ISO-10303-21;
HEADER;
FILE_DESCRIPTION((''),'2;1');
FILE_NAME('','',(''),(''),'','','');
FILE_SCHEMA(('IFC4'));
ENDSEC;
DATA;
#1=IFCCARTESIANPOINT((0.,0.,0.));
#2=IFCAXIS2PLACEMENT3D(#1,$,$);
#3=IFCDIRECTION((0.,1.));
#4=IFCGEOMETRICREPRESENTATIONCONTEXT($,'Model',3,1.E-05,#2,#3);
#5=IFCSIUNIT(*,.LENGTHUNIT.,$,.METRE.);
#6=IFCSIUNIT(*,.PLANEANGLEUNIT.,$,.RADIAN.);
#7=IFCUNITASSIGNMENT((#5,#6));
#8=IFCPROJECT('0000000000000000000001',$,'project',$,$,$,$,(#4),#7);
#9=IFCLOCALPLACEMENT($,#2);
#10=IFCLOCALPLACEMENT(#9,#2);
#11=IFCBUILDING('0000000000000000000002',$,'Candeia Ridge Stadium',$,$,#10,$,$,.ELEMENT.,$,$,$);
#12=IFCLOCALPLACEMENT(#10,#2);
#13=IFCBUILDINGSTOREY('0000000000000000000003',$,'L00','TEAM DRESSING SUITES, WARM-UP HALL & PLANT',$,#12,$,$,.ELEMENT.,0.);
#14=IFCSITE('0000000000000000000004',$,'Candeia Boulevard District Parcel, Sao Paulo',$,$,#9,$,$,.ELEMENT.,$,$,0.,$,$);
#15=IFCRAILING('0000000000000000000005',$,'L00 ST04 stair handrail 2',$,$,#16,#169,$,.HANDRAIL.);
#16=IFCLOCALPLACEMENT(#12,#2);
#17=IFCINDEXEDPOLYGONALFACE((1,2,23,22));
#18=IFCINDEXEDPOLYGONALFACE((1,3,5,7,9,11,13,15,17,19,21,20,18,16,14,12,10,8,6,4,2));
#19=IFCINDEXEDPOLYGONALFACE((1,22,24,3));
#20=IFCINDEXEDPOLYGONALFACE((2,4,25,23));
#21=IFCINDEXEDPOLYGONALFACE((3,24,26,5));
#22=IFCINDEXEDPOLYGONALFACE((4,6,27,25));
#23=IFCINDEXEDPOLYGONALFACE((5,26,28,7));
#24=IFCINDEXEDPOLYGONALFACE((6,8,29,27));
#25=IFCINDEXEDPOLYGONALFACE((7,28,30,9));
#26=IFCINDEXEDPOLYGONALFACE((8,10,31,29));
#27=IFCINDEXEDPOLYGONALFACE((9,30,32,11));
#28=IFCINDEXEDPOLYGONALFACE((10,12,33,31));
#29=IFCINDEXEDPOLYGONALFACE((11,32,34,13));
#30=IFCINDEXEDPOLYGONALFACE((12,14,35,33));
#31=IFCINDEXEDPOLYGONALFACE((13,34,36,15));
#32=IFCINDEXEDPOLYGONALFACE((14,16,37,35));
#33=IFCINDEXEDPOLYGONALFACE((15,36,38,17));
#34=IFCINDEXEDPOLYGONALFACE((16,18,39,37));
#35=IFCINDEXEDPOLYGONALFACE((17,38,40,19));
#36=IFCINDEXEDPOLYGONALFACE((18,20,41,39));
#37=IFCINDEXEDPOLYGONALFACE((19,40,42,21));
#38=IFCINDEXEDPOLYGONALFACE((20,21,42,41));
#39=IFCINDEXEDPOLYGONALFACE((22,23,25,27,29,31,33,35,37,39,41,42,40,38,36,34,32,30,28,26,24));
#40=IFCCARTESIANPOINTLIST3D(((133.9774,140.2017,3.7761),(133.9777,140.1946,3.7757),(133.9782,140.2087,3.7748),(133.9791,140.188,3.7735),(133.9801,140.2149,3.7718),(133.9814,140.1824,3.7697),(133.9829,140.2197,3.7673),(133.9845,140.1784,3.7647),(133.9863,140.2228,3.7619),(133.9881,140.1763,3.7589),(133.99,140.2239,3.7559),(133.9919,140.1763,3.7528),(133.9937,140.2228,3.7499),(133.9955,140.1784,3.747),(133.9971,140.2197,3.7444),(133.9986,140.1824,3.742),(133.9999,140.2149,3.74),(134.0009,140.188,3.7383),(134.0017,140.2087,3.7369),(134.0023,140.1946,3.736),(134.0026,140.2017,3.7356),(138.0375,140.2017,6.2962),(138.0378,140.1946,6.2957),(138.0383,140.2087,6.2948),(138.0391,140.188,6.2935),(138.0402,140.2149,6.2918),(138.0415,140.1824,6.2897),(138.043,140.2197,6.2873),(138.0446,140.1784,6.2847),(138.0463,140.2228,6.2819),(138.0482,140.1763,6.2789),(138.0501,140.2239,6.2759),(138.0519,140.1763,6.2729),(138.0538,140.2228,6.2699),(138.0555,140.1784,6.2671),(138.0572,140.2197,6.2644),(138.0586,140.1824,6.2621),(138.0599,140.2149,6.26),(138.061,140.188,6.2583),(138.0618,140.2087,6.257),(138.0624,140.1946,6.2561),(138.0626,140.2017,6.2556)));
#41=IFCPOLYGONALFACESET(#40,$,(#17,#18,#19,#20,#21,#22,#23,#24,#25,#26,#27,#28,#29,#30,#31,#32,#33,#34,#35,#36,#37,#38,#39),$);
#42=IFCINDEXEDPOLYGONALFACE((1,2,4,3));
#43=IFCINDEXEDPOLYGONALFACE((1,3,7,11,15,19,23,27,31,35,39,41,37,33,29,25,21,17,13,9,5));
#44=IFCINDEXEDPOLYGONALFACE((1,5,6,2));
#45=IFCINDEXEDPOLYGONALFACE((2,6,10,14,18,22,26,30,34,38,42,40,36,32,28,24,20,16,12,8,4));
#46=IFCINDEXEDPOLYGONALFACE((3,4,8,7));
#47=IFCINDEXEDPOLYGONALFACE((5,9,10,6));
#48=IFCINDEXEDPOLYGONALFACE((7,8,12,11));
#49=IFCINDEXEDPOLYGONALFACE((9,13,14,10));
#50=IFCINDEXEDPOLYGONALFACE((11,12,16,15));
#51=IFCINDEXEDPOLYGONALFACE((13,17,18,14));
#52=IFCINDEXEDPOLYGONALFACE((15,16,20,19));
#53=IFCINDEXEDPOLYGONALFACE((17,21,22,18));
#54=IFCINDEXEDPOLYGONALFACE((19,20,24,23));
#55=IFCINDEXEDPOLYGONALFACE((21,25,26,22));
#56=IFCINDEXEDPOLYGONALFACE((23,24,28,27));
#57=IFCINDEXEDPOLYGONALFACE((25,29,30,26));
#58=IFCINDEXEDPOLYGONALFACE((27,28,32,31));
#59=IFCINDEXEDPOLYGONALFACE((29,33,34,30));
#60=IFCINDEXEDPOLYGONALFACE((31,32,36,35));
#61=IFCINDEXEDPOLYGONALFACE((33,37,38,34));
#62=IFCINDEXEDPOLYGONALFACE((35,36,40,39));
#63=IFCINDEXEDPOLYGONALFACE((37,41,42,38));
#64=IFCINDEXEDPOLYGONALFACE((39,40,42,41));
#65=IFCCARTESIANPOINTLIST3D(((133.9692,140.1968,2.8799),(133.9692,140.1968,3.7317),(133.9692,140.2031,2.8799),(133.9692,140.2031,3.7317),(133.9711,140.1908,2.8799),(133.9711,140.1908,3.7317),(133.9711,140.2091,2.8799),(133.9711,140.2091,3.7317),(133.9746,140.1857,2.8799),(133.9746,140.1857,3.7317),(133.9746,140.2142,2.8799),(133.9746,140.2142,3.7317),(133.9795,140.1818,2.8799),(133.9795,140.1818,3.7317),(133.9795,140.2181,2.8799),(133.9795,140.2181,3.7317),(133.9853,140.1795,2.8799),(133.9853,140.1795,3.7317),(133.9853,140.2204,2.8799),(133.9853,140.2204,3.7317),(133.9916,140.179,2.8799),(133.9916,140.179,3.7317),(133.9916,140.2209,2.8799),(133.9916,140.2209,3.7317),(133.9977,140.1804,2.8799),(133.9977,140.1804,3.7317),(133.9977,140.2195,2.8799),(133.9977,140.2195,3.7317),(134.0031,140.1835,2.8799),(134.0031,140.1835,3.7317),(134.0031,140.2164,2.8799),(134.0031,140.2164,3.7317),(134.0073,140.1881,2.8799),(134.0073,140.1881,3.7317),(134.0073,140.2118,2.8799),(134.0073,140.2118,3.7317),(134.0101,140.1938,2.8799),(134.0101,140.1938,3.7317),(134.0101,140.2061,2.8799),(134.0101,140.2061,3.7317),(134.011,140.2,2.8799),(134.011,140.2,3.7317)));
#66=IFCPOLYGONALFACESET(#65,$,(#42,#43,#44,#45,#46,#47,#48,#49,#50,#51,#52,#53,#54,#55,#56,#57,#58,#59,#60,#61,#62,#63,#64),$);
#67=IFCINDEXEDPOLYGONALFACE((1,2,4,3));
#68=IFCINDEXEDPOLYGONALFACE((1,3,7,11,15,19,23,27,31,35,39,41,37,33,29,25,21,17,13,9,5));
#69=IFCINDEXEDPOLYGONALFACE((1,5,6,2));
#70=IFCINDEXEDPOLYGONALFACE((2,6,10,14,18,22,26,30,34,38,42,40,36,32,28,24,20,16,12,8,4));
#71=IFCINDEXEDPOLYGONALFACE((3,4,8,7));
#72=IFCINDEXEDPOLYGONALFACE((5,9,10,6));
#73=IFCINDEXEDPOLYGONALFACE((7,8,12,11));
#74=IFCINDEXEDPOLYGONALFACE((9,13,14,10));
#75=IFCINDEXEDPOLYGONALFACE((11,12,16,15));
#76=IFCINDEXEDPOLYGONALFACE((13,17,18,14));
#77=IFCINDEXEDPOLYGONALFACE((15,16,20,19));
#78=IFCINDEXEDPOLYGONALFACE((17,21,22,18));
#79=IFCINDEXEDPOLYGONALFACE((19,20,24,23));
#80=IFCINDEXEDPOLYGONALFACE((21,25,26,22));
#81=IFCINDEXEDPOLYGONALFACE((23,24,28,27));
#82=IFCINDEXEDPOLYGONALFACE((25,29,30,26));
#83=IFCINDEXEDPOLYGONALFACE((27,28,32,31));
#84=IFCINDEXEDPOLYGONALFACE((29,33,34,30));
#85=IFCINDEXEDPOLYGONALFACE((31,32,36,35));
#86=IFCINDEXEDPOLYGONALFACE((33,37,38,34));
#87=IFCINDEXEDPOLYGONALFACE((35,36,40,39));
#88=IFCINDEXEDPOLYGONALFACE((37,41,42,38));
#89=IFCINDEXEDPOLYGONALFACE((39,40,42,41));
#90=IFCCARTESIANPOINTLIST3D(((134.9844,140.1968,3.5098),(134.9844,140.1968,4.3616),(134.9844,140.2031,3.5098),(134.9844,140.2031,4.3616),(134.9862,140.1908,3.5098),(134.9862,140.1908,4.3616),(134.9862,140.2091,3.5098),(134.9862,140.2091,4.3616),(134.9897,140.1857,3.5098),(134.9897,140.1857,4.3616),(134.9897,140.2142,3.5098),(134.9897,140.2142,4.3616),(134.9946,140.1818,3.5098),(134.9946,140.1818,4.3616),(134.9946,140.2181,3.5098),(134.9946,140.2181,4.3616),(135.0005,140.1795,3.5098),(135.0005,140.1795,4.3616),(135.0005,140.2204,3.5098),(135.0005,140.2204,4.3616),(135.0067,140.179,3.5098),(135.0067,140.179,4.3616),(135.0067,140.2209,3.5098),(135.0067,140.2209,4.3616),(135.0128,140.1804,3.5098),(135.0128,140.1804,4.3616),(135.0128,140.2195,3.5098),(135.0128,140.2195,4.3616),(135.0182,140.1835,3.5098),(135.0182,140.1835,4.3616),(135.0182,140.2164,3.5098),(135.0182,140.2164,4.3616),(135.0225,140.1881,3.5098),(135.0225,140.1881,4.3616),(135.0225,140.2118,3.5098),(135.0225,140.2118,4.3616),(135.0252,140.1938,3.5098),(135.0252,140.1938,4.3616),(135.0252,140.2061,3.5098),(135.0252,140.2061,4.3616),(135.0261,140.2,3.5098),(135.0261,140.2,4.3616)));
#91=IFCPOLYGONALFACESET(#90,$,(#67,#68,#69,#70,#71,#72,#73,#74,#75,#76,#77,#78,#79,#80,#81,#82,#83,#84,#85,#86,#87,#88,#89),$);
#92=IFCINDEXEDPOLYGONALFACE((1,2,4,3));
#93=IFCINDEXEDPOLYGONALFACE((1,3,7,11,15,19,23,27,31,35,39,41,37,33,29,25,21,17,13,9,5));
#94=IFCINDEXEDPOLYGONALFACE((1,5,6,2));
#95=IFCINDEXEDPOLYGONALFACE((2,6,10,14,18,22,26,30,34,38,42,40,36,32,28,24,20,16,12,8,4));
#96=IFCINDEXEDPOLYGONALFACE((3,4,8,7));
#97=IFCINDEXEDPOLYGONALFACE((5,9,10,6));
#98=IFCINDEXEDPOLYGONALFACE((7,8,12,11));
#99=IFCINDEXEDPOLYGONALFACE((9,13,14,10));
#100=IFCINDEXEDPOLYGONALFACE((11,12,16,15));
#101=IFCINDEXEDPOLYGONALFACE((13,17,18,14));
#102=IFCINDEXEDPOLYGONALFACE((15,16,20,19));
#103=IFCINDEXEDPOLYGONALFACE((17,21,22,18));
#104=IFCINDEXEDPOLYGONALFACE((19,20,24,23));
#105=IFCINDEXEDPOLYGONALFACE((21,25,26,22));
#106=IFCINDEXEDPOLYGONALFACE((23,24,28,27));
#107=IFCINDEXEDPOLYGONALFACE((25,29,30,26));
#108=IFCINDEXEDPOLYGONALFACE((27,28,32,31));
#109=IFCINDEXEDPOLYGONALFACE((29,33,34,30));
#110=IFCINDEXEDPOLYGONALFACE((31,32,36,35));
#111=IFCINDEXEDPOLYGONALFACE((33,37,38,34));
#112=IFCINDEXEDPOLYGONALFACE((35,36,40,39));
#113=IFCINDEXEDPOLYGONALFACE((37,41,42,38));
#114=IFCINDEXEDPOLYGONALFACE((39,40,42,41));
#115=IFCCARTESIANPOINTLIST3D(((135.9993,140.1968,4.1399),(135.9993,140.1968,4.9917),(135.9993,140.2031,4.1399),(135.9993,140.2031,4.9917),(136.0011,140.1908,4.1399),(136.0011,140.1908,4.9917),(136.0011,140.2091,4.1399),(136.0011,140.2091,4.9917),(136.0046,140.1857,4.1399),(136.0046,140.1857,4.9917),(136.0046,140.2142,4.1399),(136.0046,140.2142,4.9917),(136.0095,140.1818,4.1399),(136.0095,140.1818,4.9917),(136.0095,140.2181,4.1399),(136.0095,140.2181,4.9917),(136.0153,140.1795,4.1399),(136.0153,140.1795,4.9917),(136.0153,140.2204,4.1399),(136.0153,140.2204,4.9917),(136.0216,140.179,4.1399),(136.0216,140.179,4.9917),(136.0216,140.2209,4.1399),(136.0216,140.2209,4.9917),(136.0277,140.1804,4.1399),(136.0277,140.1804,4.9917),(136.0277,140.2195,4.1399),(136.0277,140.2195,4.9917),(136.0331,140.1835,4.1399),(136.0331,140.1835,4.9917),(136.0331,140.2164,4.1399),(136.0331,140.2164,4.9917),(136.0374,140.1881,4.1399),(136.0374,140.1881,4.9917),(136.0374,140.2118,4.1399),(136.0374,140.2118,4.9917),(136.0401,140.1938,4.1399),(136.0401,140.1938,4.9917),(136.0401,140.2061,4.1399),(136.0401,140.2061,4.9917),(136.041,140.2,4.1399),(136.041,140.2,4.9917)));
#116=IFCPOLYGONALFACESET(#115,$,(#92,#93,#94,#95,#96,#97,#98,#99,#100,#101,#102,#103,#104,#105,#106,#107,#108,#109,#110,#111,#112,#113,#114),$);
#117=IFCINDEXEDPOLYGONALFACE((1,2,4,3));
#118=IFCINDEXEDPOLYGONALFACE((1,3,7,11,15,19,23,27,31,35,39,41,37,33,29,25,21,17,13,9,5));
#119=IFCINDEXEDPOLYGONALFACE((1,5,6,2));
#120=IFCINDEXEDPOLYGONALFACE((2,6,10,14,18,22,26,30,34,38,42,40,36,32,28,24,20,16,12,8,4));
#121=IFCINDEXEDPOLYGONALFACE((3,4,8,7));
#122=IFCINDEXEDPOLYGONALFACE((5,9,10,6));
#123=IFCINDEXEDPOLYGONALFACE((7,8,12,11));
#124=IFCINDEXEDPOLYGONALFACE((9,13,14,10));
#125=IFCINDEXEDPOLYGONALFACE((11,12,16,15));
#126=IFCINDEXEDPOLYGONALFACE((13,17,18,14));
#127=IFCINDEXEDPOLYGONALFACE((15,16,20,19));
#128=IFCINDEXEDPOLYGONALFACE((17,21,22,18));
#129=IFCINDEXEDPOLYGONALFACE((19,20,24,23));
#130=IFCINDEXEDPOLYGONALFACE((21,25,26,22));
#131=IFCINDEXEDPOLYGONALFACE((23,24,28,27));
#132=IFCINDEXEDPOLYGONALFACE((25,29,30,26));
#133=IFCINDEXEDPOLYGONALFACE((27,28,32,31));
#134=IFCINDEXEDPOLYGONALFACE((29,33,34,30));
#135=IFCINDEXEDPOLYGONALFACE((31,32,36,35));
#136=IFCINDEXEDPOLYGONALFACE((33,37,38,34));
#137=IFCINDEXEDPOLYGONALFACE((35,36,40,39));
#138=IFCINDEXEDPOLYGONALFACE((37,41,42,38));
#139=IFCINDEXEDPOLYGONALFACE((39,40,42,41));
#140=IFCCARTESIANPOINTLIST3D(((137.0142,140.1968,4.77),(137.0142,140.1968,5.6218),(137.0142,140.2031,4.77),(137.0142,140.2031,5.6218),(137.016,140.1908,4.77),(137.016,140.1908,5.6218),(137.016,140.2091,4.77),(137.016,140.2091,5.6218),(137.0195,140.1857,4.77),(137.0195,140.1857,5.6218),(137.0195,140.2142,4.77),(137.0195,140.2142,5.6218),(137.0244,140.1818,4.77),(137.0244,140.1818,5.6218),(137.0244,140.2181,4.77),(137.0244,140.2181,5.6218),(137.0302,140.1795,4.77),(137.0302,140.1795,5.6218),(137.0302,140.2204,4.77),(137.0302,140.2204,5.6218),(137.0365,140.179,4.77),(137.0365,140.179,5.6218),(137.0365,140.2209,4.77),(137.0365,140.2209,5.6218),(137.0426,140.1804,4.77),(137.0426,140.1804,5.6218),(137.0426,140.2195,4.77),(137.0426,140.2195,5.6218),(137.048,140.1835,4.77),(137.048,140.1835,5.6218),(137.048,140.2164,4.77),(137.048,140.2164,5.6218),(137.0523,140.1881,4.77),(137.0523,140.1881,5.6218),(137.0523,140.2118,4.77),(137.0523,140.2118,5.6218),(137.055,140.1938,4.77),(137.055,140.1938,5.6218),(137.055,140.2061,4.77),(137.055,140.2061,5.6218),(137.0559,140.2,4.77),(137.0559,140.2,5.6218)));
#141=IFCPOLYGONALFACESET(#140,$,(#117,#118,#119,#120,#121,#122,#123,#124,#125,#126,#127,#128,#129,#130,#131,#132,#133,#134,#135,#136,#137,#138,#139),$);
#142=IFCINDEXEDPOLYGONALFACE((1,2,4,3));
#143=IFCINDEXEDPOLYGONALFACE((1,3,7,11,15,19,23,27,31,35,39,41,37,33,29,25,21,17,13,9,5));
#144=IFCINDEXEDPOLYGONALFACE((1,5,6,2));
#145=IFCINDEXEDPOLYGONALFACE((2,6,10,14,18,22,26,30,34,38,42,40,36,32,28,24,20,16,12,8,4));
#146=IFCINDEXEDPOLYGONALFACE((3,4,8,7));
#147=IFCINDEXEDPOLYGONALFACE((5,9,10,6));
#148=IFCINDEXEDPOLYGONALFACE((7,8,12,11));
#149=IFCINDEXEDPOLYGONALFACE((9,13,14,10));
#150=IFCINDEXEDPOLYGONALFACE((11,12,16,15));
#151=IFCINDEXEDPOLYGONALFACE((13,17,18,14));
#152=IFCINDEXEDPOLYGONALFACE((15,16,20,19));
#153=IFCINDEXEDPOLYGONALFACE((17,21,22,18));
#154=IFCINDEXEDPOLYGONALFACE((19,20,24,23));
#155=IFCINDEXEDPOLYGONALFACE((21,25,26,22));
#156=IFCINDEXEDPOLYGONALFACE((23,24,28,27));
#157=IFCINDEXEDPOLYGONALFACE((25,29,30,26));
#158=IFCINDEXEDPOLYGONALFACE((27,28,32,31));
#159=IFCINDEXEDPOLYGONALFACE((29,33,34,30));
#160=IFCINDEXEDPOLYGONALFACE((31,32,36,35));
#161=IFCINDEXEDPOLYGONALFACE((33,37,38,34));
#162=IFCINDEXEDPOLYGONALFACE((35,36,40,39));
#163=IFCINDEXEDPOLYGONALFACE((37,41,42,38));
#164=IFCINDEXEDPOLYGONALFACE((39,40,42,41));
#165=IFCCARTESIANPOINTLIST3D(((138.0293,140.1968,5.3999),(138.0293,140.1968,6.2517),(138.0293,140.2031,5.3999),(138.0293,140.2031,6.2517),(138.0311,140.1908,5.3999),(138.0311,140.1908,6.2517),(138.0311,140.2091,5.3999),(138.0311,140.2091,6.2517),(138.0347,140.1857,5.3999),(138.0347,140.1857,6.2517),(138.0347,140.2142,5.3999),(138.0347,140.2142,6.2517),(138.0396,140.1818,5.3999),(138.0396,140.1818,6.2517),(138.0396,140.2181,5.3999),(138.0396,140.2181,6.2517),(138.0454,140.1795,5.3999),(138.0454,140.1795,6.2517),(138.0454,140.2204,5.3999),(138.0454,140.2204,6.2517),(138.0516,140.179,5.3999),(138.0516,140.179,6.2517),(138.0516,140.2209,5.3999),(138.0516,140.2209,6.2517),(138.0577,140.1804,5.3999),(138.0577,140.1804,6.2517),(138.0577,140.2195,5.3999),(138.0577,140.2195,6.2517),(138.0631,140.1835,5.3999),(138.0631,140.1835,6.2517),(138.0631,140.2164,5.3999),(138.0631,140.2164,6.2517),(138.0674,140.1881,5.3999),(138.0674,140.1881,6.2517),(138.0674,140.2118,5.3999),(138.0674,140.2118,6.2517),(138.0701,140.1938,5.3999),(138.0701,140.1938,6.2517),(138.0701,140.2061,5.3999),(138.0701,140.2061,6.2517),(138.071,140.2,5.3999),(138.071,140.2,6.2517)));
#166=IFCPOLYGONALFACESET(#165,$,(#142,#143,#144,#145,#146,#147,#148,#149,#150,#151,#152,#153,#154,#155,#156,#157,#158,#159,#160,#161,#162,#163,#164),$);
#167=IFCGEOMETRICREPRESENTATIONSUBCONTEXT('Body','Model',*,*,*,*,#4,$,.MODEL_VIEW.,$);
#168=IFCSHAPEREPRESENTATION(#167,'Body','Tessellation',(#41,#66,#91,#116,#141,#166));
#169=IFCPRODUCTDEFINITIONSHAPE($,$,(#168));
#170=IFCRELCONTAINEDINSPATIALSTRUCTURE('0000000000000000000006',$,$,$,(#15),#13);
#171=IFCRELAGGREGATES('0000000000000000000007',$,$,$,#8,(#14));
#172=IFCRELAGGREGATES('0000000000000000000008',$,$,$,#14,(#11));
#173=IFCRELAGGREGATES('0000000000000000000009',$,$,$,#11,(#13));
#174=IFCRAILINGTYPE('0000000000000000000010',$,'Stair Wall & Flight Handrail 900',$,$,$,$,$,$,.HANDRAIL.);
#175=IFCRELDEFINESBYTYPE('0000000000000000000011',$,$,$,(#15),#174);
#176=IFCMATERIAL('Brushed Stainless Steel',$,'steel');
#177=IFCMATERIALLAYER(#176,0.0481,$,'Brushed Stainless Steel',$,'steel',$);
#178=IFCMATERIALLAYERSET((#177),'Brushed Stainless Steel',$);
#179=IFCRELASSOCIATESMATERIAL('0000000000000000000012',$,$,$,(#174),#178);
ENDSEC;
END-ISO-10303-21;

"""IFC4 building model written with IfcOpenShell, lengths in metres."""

from ifc_helpers import new_model, si_unit, direction, frame, origin, origin_2d, place, context, subcontext, project, spatial, circle, extrude, material, layer, layer_set, type_object, element, save


model = new_model("IFC4")

# Units and contexts
model_context = context("Model", 3, precision=1e-05, world=origin(), true_north=direction((0.0, 1.0)))
body_context = subcontext(model_context, "Body", "Model", "MODEL_VIEW")
ifc_project = project(units=[si_unit("LENGTHUNIT", "METRE"), si_unit("PLANEANGLEUNIT", "RADIAN")], contexts=[model_context])

# Site, building, storey
site_placement = place(None, origin())
site = spatial("IfcSite", under=ifc_project, at=site_placement, Name="Candeia Boulevard District Parcel, Sao Paulo", CompositionType="ELEMENT", RefElevation=0.0)
building_placement = place(site_placement, origin())
building = spatial("IfcBuilding", under=site, at=building_placement, Name="Candeia Ridge Stadium", CompositionType="ELEMENT")
storey_placement = place(building_placement, origin())
storey = spatial("IfcBuildingStorey", under=building, at=storey_placement, Name="L00", Description="TEAM DRESSING SUITES, WARM-UP HALL & PLANT", CompositionType="ELEMENT", Elevation=0.0)

# Railing
ifc_material_1 = material(Name="Brushed Stainless Steel", Category="steel")
ifc_layer_1 = layer(ifc_material_1, 0.0481, Name="Brushed Stainless Steel", Category="steel")
ifc_layer_set_1 = layer_set([ifc_layer_1], Name="Brushed Stainless Steel")
railing_type_1 = type_object("IfcRailingType", Name="Stair Wall & Flight Handrail 900", PredefinedType="HANDRAIL", material=ifc_layer_set_1)
for number, where, name in (
    (1, (133.99, 140.2, 2.8799), "L00 ST04 stair handrail 2"),
):
    element("IfcRailing", number, at=place(storey_placement, frame(where)), inside=storey, type_object=railing_type_1, Name=name, PredefinedType="HANDRAIL", context=body_context, shape_type="SweptSolid", body=[
        extrude(circle(Radius=0.0239, at=origin_2d()), frame((0.0, 0.0, 0.876), z_axis=(0.849642, 0.0, 0.52736), x_axis=(0.0, 1.0, 0.0)), (0.0, 0.0, 1.0), 4.7786),
        extrude(circle(Radius=0.021, at=origin_2d()), origin(), (0.0, 0.0, 1.0), 0.8518),
        extrude(circle(Radius=0.021, at=origin_2d()), frame((1.0151, 0.0, 0.6299)), (0.0, 0.0, 1.0), 0.8518),
        extrude(circle(Radius=0.021, at=origin_2d()), frame((2.03, 0.0, 1.26)), (0.0, 0.0, 1.0), 0.8518),
        extrude(circle(Radius=0.021, at=origin_2d()), frame((3.0449, 0.0, 1.8901)), (0.0, 0.0, 1.0), 0.8518),
        extrude(circle(Radius=0.021, at=origin_2d()), frame((4.0601, 0.0, 2.52)), (0.0, 0.0, 1.0), 0.8518),
    ])

save(model, "model.ifc")
